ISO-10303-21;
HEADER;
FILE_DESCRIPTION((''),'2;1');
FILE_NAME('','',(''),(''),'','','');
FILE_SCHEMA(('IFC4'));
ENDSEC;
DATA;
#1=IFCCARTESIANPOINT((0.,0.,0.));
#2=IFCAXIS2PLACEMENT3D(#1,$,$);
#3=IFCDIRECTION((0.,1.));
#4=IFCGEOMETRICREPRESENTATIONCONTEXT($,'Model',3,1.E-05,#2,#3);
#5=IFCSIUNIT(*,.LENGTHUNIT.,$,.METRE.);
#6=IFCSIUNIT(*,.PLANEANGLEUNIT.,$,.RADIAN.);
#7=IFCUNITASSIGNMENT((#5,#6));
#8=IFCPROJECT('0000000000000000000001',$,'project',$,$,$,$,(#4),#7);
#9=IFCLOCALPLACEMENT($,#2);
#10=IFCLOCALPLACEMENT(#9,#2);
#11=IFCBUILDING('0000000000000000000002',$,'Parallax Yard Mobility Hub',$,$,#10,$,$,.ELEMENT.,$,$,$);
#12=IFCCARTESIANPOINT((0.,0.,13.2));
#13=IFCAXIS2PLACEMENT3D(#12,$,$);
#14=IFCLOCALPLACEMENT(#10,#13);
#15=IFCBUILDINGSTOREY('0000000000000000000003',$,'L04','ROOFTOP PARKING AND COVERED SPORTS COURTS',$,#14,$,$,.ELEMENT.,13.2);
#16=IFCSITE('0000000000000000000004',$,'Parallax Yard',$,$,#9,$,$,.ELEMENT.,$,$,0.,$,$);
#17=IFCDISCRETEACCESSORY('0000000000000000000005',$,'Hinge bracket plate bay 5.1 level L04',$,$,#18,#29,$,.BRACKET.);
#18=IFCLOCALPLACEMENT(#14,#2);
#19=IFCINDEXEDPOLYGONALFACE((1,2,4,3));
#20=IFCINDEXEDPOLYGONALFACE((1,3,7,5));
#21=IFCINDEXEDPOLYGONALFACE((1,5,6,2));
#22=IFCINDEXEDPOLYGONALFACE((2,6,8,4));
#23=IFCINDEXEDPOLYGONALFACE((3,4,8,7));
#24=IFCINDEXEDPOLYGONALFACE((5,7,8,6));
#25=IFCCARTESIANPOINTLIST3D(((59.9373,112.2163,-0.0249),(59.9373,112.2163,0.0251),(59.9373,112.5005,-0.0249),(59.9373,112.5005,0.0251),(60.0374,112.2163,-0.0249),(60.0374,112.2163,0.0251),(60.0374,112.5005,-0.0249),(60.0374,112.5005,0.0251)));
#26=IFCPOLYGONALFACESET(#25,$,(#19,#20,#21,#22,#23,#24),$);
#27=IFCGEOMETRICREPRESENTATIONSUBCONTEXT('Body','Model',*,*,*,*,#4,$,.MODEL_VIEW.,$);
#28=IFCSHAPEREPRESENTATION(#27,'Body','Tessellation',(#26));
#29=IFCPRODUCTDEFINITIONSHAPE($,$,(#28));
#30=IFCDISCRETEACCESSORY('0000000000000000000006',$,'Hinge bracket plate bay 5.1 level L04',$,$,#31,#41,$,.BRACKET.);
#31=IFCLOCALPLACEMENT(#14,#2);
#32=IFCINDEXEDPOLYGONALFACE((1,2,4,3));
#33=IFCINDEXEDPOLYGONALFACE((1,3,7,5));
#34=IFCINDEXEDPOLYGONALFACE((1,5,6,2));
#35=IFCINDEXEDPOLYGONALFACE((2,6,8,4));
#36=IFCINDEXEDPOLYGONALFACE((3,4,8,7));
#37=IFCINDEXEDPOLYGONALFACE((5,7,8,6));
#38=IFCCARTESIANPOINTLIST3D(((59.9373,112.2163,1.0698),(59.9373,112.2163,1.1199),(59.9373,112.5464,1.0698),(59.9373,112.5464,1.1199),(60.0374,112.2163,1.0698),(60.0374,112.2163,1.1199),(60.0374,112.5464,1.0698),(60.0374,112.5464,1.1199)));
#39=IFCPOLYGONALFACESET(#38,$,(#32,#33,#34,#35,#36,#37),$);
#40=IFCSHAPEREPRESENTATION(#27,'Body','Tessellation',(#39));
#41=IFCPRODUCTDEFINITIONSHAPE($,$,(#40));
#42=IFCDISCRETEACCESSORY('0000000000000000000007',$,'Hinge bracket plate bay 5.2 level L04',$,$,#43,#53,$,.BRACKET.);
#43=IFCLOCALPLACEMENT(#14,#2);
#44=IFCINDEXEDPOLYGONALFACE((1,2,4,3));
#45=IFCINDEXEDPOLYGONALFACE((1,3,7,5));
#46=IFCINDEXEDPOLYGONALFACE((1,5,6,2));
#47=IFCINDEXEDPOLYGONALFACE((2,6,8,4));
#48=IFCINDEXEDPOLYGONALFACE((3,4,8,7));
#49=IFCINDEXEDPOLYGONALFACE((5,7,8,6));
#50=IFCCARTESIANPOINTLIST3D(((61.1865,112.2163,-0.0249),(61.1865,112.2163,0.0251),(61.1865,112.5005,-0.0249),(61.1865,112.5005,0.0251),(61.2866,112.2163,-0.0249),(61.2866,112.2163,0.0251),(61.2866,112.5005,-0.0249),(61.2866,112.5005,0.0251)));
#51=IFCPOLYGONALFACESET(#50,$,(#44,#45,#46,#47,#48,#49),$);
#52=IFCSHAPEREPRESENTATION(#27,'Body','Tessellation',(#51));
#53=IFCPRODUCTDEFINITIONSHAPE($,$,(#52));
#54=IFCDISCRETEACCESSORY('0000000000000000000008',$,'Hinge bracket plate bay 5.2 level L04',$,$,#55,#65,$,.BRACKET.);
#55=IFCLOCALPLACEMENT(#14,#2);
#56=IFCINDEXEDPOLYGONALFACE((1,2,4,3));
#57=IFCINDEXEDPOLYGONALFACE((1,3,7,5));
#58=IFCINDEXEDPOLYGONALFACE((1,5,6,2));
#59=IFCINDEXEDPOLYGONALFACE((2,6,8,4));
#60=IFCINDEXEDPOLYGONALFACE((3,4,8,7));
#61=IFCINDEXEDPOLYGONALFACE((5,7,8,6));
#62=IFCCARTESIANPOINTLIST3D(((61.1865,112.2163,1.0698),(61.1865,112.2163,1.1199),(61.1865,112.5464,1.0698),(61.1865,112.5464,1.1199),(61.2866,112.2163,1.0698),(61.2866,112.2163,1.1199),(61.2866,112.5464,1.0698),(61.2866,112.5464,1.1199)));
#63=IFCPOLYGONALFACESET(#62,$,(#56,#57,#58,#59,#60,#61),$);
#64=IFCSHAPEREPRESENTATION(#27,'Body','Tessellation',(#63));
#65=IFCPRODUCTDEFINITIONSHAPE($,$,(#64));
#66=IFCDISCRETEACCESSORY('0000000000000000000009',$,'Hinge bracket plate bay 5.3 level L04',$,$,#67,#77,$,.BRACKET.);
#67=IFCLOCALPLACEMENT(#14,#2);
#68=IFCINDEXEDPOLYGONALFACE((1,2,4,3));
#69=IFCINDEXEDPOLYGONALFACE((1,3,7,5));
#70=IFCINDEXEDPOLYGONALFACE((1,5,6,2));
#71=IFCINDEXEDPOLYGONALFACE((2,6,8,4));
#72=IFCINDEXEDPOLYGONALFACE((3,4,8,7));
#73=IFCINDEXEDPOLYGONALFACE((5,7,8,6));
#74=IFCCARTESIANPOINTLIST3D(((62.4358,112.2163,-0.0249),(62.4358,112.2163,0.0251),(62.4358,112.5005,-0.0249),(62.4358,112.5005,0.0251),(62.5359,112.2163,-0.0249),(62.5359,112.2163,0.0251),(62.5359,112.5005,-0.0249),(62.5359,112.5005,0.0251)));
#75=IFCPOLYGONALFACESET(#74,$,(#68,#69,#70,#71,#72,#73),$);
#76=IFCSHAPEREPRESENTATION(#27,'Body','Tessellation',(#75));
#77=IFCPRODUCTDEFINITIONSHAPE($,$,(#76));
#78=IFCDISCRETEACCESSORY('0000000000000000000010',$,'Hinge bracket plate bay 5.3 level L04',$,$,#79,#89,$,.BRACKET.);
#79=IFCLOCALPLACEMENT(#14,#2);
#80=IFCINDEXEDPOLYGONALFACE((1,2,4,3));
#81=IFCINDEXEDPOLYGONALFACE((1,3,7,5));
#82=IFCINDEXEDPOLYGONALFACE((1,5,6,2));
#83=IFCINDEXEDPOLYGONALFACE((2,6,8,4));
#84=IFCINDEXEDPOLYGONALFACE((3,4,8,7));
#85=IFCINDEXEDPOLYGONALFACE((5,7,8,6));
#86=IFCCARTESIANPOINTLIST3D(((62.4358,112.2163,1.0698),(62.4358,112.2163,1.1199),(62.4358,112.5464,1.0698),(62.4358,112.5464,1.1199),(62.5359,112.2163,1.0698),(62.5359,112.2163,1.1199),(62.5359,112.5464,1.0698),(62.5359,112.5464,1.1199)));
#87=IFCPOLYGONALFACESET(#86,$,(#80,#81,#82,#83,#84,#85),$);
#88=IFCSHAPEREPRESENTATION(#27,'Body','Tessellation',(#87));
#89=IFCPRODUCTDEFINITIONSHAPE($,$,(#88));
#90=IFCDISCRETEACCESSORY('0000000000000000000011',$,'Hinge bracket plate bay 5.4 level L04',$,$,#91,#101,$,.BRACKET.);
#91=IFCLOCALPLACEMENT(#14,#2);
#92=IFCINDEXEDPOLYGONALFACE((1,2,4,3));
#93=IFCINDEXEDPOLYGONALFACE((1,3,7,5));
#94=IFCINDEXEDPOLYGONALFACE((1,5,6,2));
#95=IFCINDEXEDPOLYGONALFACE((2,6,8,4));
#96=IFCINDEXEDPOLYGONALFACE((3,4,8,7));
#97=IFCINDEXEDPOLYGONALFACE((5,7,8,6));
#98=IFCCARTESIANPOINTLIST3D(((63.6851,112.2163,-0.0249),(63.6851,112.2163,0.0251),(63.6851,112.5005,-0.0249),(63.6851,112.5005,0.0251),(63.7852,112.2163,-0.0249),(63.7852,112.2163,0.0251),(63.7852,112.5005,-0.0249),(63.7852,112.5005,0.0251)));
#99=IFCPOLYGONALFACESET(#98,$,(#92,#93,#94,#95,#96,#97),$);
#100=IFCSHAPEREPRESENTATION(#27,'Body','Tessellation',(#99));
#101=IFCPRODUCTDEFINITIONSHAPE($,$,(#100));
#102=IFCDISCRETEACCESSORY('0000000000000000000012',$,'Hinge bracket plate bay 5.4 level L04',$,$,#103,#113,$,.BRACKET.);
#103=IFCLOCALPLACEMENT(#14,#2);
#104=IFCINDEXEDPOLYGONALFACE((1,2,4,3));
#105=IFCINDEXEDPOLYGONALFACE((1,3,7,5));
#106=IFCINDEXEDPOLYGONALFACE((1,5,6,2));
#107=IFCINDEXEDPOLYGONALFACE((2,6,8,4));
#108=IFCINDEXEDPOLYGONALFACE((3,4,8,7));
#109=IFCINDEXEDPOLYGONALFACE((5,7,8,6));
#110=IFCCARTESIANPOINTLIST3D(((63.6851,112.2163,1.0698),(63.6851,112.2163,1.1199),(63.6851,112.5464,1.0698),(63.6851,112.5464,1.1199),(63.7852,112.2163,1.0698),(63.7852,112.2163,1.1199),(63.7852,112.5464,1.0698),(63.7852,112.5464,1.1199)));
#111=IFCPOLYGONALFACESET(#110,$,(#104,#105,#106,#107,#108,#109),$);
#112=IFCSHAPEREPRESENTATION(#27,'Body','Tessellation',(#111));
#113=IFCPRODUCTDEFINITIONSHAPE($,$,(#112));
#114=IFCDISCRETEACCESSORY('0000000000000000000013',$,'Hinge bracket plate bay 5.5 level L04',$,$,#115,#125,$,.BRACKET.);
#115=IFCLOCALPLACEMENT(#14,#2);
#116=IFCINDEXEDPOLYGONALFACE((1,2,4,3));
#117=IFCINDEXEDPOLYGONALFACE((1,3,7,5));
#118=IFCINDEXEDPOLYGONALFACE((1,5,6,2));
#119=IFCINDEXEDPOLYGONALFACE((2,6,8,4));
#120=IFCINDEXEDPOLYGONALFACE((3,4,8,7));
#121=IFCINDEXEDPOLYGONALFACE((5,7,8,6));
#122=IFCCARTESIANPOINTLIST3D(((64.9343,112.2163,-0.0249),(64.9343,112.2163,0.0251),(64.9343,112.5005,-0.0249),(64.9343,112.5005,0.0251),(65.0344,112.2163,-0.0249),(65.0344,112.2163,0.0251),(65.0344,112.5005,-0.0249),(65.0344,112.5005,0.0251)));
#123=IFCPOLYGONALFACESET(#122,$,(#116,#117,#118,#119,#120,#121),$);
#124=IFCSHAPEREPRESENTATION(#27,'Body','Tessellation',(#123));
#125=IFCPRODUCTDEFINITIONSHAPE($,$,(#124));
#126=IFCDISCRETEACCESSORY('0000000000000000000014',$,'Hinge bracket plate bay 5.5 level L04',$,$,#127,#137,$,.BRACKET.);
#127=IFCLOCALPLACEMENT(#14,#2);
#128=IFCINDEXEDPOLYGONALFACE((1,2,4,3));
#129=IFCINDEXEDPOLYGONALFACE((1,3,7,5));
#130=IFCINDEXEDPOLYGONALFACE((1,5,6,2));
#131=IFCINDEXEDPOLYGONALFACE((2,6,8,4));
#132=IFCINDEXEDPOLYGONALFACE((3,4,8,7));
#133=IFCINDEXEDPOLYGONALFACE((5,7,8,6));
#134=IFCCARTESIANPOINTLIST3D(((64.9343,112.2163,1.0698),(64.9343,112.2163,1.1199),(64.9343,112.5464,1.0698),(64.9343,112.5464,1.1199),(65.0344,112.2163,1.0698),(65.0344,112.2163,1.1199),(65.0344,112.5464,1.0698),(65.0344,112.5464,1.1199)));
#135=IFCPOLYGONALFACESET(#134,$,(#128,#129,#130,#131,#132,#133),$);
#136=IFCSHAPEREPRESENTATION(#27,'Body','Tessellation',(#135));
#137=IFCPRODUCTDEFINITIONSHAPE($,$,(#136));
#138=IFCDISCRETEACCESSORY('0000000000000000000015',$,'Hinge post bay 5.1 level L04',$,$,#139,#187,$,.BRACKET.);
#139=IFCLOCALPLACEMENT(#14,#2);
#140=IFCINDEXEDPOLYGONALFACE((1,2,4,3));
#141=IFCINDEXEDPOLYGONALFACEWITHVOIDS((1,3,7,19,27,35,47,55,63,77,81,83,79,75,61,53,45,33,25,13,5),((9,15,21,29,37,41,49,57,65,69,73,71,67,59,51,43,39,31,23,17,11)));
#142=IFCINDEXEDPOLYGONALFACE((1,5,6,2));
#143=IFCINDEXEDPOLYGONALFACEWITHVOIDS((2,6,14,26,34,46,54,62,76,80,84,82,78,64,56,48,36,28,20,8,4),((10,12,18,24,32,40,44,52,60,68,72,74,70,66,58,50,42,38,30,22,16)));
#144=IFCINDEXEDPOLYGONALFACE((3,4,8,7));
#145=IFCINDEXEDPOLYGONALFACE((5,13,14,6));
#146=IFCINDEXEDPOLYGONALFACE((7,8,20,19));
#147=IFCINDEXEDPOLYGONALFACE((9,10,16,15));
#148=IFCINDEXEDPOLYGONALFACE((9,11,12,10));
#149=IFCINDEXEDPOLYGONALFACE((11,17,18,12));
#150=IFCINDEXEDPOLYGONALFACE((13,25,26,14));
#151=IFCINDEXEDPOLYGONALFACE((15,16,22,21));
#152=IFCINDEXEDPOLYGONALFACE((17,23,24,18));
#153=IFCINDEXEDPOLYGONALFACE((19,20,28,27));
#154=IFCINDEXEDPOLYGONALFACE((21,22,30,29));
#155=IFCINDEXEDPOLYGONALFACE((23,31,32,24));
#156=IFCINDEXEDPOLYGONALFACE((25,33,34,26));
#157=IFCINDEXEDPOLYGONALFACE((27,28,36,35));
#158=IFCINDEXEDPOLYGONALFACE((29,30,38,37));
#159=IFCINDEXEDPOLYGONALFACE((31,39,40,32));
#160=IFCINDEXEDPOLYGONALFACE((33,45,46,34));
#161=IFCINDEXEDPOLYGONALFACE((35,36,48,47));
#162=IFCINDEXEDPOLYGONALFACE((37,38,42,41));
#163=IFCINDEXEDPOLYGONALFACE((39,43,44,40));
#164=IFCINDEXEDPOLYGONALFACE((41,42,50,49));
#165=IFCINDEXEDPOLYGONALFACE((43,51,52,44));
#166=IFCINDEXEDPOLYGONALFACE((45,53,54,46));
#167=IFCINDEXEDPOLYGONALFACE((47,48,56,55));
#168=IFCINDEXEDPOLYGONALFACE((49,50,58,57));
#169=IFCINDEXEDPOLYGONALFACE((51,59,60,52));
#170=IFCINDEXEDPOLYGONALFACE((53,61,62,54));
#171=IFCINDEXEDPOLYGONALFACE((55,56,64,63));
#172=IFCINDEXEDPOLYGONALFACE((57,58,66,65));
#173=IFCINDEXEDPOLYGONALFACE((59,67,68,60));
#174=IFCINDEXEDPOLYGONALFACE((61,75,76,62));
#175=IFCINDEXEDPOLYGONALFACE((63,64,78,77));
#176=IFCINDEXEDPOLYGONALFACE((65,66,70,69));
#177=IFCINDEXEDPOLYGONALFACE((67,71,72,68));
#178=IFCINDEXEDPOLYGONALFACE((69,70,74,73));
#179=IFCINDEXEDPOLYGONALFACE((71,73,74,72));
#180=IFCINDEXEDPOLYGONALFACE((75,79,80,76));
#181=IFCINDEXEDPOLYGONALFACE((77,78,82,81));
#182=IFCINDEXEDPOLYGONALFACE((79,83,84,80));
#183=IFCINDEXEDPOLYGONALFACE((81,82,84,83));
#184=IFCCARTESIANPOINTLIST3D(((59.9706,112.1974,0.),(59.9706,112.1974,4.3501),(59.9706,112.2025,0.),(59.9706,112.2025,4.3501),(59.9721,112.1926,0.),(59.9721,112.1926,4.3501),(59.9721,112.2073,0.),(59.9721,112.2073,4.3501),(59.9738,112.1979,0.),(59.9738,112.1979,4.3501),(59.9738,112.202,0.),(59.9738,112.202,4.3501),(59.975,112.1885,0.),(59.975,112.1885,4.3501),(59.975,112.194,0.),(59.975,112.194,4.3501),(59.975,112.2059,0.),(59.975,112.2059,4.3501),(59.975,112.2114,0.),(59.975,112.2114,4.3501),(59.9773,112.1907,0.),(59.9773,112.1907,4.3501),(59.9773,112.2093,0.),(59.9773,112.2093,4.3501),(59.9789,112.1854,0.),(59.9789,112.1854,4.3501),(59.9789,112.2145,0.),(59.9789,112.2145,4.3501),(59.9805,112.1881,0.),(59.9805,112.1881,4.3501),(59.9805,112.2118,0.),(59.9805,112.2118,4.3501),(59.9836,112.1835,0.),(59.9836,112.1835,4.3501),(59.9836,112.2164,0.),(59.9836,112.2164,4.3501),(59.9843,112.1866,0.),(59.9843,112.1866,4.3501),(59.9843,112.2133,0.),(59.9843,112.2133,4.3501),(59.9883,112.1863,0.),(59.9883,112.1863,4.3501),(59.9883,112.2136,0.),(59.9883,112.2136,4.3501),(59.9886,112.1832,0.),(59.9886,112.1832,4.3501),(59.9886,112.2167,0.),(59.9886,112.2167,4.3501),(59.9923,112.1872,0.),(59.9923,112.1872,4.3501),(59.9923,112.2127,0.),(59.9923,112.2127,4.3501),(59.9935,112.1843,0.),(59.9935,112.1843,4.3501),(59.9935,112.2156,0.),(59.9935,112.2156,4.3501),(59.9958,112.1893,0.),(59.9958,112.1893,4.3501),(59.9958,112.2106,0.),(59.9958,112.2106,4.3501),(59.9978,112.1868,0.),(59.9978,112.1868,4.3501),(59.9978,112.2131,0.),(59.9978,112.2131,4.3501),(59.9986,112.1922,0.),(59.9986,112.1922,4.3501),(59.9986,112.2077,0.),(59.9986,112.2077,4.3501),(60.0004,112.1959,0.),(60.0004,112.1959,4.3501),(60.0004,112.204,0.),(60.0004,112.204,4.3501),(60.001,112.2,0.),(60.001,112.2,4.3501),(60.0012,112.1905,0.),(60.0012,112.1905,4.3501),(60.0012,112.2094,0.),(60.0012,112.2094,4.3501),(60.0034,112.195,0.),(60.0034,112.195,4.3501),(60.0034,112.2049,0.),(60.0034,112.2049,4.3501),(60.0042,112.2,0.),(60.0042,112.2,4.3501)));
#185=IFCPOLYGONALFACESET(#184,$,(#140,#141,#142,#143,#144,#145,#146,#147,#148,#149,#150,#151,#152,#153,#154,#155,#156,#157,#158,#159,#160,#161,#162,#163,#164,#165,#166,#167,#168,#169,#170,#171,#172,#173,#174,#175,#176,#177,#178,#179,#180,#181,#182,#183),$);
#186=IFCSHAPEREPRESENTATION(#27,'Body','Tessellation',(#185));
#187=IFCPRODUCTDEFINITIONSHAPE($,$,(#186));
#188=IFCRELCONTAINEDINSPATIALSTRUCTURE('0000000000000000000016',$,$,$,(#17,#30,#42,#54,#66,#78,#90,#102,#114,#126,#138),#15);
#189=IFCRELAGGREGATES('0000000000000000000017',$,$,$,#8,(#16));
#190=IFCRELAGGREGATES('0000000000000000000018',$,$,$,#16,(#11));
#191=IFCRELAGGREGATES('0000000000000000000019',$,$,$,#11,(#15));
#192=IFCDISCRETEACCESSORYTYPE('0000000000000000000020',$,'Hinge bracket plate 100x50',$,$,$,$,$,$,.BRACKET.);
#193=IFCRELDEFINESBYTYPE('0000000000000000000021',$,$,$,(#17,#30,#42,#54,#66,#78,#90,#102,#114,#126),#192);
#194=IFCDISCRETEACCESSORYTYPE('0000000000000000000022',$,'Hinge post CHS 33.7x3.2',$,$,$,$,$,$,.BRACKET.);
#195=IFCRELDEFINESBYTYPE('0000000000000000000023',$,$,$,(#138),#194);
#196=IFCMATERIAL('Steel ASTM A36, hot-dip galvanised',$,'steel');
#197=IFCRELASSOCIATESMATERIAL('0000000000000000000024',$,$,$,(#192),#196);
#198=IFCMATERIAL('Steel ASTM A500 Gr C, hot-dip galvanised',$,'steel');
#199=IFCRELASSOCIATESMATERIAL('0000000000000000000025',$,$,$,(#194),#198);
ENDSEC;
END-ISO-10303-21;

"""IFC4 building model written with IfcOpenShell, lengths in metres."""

from ifc_helpers import new_model, si_unit, direction, frame, origin, origin_2d, place, context, subcontext, project, spatial, rectangle, hollow_circle, extrude, material, material_profile, profile_set, type_object, element, save


model = new_model("IFC4")

# Units and contexts
model_context = context("Model", 3, precision=1e-05, world=origin(), true_north=direction((0.0, 1.0)))
body_context = subcontext(model_context, "Body", "Model", "MODEL_VIEW")
ifc_project = project(units=[si_unit("LENGTHUNIT", "METRE"), si_unit("PLANEANGLEUNIT", "RADIAN")], contexts=[model_context])

# Site, building, storey
site_placement = place(None, origin())
site = spatial("IfcSite", under=ifc_project, at=site_placement, Name="Parallax Yard", CompositionType="ELEMENT", RefElevation=0.0)
building_placement = place(site_placement, origin())
building = spatial("IfcBuilding", under=site, at=building_placement, Name="Parallax Yard Mobility Hub", CompositionType="ELEMENT")
storey_placement = place(building_placement, frame((0.0, 0.0, 13.2)))
storey = spatial("IfcBuildingStorey", under=building, at=storey_placement, Name="L04", Description="ROOFTOP PARKING AND COVERED SPORTS COURTS", CompositionType="ELEMENT", Elevation=13.2)

# Discrete accessories
ifc_material_1 = material(Name="Steel ASTM A36, hot-dip galvanised", Category="steel")
discrete_accessory_type_1 = type_object("IfcDiscreteAccessoryType", Name="Hinge bracket plate 100x50", PredefinedType="BRACKET", material=ifc_material_1)
discrete_accessory_1_placement = place(storey_placement, frame((59.9873, 112.3584, -0.0249), z_axis=(0.0, 0.0, 1.0), x_axis=(0.0, -1.0, 0.0)))
element("IfcDiscreteAccessory", 1, at=discrete_accessory_1_placement, inside=storey, type_object=discrete_accessory_type_1, Name="Hinge bracket plate bay 5.1 level L04", PredefinedType="BRACKET", context=body_context, shape_type="SweptSolid", body=[
    extrude(rectangle(XDim=0.2842, YDim=0.1001, at=origin_2d()), origin(), (0.0, 0.0, 1.0), 0.05),
])
discrete_accessory_2_placement = place(storey_placement, frame((59.9873, 112.3813, 1.0698), z_axis=(0.0, 0.0, 1.0), x_axis=(0.0, -1.0, 0.0)))
element("IfcDiscreteAccessory", 2, at=discrete_accessory_2_placement, inside=storey, type_object=discrete_accessory_type_1, Name="Hinge bracket plate bay 5.1 level L04", PredefinedType="BRACKET", context=body_context, shape_type="SweptSolid", body=[
    extrude(rectangle(XDim=0.3301, YDim=0.1001, at=origin_2d()), origin(), (0.0, 0.0, 1.0), 0.05),
])
discrete_accessory_3_placement = place(storey_placement, frame((61.2366, 112.3584, -0.0249), z_axis=(0.0, 0.0, 1.0), x_axis=(0.0, -1.0, 0.0)))
element("IfcDiscreteAccessory", 3, at=discrete_accessory_3_placement, inside=storey, type_object=discrete_accessory_type_1, Name="Hinge bracket plate bay 5.2 level L04", PredefinedType="BRACKET", context=body_context, shape_type="SweptSolid", body=[
    extrude(rectangle(XDim=0.2842, YDim=0.1001, at=origin_2d()), origin(), (0.0, 0.0, 1.0), 0.05),
])
discrete_accessory_4_placement = place(storey_placement, frame((61.2366, 112.3813, 1.0698), z_axis=(0.0, 0.0, 1.0), x_axis=(0.0, -1.0, 0.0)))
element("IfcDiscreteAccessory", 4, at=discrete_accessory_4_placement, inside=storey, type_object=discrete_accessory_type_1, Name="Hinge bracket plate bay 5.2 level L04", PredefinedType="BRACKET", context=body_context, shape_type="SweptSolid", body=[
    extrude(rectangle(XDim=0.3301, YDim=0.1001, at=origin_2d()), origin(), (0.0, 0.0, 1.0), 0.05),
])
discrete_accessory_5_placement = place(storey_placement, frame((62.4858, 112.3584, -0.0249), z_axis=(0.0, 0.0, 1.0), x_axis=(0.0, -1.0, 0.0)))
element("IfcDiscreteAccessory", 5, at=discrete_accessory_5_placement, inside=storey, type_object=discrete_accessory_type_1, Name="Hinge bracket plate bay 5.3 level L04", PredefinedType="BRACKET", context=body_context, shape_type="SweptSolid", body=[
    extrude(rectangle(XDim=0.2842, YDim=0.1001, at=origin_2d()), origin(), (0.0, 0.0, 1.0), 0.05),
])
discrete_accessory_6_placement = place(storey_placement, frame((62.4858, 112.3813, 1.0698), z_axis=(0.0, 0.0, 1.0), x_axis=(0.0, -1.0, 0.0)))
element("IfcDiscreteAccessory", 6, at=discrete_accessory_6_placement, inside=storey, type_object=discrete_accessory_type_1, Name="Hinge bracket plate bay 5.3 level L04", PredefinedType="BRACKET", context=body_context, shape_type="SweptSolid", body=[
    extrude(rectangle(XDim=0.3301, YDim=0.1001, at=origin_2d()), origin(), (0.0, 0.0, 1.0), 0.05),
])
discrete_accessory_7_placement = place(storey_placement, frame((63.7351, 112.3584, -0.0249), z_axis=(0.0, 0.0, 1.0), x_axis=(0.0, -1.0, 0.0)))
element("IfcDiscreteAccessory", 7, at=discrete_accessory_7_placement, inside=storey, type_object=discrete_accessory_type_1, Name="Hinge bracket plate bay 5.4 level L04", PredefinedType="BRACKET", context=body_context, shape_type="SweptSolid", body=[
    extrude(rectangle(XDim=0.2842, YDim=0.1001, at=origin_2d()), origin(), (0.0, 0.0, 1.0), 0.05),
])
discrete_accessory_8_placement = place(storey_placement, frame((63.7351, 112.3813, 1.0698), z_axis=(0.0, 0.0, 1.0), x_axis=(0.0, -1.0, 0.0)))
element("IfcDiscreteAccessory", 8, at=discrete_accessory_8_placement, inside=storey, type_object=discrete_accessory_type_1, Name="Hinge bracket plate bay 5.4 level L04", PredefinedType="BRACKET", context=body_context, shape_type="SweptSolid", body=[
    extrude(rectangle(XDim=0.3301, YDim=0.1001, at=origin_2d()), origin(), (0.0, 0.0, 1.0), 0.05),
])
discrete_accessory_9_placement = place(storey_placement, frame((64.9844, 112.3584, -0.0249), z_axis=(0.0, 0.0, 1.0), x_axis=(0.0, -1.0, 0.0)))
element("IfcDiscreteAccessory", 9, at=discrete_accessory_9_placement, inside=storey, type_object=discrete_accessory_type_1, Name="Hinge bracket plate bay 5.5 level L04", PredefinedType="BRACKET", context=body_context, shape_type="SweptSolid", body=[
    extrude(rectangle(XDim=0.2842, YDim=0.1001, at=origin_2d()), origin(), (0.0, 0.0, 1.0), 0.05),
])
discrete_accessory_10_placement = place(storey_placement, frame((64.9844, 112.3813, 1.0698), z_axis=(0.0, 0.0, 1.0), x_axis=(0.0, -1.0, 0.0)))
element("IfcDiscreteAccessory", 10, at=discrete_accessory_10_placement, inside=storey, type_object=discrete_accessory_type_1, Name="Hinge bracket plate bay 5.5 level L04", PredefinedType="BRACKET", context=body_context, shape_type="SweptSolid", body=[
    extrude(rectangle(XDim=0.3301, YDim=0.1001, at=origin_2d()), origin(), (0.0, 0.0, 1.0), 0.05),
])
ifc_material_2 = material(Name="Steel ASTM A500 Gr C, hot-dip galvanised", Category="steel")
ifc_material_profile_1 = material_profile(ifc_material_2, hollow_circle(Radius=0.0168, WallThickness=0.0032, at=origin_2d()), Name="CHS 33.7x3.2")
ifc_profile_set_1 = profile_set([ifc_material_profile_1], Name="Steel ASTM A500 Gr C, hot-dip galvanised")
discrete_accessory_type_2 = type_object("IfcDiscreteAccessoryType", Name="Hinge post CHS 33.7x3.2", PredefinedType="BRACKET", material=ifc_profile_set_1)
discrete_accessory_11_placement = place(storey_placement, frame((59.9873, 112.2, 0.0), z_axis=(0.0, 0.0, 1.0), x_axis=(1.0, 0.0, 0.0)))
element("IfcDiscreteAccessory", 11, at=discrete_accessory_11_placement, inside=storey, type_object=discrete_accessory_type_2, Name="Hinge post bay 5.1 level L04", PredefinedType="BRACKET", context=body_context, shape_type="SweptSolid", body=[
    extrude(hollow_circle(Radius=0.0168, WallThickness=0.0032, at=origin_2d()), origin(), (0.0, 0.0, 1.0), 4.3501),
])

save(model, "model.ifc")
